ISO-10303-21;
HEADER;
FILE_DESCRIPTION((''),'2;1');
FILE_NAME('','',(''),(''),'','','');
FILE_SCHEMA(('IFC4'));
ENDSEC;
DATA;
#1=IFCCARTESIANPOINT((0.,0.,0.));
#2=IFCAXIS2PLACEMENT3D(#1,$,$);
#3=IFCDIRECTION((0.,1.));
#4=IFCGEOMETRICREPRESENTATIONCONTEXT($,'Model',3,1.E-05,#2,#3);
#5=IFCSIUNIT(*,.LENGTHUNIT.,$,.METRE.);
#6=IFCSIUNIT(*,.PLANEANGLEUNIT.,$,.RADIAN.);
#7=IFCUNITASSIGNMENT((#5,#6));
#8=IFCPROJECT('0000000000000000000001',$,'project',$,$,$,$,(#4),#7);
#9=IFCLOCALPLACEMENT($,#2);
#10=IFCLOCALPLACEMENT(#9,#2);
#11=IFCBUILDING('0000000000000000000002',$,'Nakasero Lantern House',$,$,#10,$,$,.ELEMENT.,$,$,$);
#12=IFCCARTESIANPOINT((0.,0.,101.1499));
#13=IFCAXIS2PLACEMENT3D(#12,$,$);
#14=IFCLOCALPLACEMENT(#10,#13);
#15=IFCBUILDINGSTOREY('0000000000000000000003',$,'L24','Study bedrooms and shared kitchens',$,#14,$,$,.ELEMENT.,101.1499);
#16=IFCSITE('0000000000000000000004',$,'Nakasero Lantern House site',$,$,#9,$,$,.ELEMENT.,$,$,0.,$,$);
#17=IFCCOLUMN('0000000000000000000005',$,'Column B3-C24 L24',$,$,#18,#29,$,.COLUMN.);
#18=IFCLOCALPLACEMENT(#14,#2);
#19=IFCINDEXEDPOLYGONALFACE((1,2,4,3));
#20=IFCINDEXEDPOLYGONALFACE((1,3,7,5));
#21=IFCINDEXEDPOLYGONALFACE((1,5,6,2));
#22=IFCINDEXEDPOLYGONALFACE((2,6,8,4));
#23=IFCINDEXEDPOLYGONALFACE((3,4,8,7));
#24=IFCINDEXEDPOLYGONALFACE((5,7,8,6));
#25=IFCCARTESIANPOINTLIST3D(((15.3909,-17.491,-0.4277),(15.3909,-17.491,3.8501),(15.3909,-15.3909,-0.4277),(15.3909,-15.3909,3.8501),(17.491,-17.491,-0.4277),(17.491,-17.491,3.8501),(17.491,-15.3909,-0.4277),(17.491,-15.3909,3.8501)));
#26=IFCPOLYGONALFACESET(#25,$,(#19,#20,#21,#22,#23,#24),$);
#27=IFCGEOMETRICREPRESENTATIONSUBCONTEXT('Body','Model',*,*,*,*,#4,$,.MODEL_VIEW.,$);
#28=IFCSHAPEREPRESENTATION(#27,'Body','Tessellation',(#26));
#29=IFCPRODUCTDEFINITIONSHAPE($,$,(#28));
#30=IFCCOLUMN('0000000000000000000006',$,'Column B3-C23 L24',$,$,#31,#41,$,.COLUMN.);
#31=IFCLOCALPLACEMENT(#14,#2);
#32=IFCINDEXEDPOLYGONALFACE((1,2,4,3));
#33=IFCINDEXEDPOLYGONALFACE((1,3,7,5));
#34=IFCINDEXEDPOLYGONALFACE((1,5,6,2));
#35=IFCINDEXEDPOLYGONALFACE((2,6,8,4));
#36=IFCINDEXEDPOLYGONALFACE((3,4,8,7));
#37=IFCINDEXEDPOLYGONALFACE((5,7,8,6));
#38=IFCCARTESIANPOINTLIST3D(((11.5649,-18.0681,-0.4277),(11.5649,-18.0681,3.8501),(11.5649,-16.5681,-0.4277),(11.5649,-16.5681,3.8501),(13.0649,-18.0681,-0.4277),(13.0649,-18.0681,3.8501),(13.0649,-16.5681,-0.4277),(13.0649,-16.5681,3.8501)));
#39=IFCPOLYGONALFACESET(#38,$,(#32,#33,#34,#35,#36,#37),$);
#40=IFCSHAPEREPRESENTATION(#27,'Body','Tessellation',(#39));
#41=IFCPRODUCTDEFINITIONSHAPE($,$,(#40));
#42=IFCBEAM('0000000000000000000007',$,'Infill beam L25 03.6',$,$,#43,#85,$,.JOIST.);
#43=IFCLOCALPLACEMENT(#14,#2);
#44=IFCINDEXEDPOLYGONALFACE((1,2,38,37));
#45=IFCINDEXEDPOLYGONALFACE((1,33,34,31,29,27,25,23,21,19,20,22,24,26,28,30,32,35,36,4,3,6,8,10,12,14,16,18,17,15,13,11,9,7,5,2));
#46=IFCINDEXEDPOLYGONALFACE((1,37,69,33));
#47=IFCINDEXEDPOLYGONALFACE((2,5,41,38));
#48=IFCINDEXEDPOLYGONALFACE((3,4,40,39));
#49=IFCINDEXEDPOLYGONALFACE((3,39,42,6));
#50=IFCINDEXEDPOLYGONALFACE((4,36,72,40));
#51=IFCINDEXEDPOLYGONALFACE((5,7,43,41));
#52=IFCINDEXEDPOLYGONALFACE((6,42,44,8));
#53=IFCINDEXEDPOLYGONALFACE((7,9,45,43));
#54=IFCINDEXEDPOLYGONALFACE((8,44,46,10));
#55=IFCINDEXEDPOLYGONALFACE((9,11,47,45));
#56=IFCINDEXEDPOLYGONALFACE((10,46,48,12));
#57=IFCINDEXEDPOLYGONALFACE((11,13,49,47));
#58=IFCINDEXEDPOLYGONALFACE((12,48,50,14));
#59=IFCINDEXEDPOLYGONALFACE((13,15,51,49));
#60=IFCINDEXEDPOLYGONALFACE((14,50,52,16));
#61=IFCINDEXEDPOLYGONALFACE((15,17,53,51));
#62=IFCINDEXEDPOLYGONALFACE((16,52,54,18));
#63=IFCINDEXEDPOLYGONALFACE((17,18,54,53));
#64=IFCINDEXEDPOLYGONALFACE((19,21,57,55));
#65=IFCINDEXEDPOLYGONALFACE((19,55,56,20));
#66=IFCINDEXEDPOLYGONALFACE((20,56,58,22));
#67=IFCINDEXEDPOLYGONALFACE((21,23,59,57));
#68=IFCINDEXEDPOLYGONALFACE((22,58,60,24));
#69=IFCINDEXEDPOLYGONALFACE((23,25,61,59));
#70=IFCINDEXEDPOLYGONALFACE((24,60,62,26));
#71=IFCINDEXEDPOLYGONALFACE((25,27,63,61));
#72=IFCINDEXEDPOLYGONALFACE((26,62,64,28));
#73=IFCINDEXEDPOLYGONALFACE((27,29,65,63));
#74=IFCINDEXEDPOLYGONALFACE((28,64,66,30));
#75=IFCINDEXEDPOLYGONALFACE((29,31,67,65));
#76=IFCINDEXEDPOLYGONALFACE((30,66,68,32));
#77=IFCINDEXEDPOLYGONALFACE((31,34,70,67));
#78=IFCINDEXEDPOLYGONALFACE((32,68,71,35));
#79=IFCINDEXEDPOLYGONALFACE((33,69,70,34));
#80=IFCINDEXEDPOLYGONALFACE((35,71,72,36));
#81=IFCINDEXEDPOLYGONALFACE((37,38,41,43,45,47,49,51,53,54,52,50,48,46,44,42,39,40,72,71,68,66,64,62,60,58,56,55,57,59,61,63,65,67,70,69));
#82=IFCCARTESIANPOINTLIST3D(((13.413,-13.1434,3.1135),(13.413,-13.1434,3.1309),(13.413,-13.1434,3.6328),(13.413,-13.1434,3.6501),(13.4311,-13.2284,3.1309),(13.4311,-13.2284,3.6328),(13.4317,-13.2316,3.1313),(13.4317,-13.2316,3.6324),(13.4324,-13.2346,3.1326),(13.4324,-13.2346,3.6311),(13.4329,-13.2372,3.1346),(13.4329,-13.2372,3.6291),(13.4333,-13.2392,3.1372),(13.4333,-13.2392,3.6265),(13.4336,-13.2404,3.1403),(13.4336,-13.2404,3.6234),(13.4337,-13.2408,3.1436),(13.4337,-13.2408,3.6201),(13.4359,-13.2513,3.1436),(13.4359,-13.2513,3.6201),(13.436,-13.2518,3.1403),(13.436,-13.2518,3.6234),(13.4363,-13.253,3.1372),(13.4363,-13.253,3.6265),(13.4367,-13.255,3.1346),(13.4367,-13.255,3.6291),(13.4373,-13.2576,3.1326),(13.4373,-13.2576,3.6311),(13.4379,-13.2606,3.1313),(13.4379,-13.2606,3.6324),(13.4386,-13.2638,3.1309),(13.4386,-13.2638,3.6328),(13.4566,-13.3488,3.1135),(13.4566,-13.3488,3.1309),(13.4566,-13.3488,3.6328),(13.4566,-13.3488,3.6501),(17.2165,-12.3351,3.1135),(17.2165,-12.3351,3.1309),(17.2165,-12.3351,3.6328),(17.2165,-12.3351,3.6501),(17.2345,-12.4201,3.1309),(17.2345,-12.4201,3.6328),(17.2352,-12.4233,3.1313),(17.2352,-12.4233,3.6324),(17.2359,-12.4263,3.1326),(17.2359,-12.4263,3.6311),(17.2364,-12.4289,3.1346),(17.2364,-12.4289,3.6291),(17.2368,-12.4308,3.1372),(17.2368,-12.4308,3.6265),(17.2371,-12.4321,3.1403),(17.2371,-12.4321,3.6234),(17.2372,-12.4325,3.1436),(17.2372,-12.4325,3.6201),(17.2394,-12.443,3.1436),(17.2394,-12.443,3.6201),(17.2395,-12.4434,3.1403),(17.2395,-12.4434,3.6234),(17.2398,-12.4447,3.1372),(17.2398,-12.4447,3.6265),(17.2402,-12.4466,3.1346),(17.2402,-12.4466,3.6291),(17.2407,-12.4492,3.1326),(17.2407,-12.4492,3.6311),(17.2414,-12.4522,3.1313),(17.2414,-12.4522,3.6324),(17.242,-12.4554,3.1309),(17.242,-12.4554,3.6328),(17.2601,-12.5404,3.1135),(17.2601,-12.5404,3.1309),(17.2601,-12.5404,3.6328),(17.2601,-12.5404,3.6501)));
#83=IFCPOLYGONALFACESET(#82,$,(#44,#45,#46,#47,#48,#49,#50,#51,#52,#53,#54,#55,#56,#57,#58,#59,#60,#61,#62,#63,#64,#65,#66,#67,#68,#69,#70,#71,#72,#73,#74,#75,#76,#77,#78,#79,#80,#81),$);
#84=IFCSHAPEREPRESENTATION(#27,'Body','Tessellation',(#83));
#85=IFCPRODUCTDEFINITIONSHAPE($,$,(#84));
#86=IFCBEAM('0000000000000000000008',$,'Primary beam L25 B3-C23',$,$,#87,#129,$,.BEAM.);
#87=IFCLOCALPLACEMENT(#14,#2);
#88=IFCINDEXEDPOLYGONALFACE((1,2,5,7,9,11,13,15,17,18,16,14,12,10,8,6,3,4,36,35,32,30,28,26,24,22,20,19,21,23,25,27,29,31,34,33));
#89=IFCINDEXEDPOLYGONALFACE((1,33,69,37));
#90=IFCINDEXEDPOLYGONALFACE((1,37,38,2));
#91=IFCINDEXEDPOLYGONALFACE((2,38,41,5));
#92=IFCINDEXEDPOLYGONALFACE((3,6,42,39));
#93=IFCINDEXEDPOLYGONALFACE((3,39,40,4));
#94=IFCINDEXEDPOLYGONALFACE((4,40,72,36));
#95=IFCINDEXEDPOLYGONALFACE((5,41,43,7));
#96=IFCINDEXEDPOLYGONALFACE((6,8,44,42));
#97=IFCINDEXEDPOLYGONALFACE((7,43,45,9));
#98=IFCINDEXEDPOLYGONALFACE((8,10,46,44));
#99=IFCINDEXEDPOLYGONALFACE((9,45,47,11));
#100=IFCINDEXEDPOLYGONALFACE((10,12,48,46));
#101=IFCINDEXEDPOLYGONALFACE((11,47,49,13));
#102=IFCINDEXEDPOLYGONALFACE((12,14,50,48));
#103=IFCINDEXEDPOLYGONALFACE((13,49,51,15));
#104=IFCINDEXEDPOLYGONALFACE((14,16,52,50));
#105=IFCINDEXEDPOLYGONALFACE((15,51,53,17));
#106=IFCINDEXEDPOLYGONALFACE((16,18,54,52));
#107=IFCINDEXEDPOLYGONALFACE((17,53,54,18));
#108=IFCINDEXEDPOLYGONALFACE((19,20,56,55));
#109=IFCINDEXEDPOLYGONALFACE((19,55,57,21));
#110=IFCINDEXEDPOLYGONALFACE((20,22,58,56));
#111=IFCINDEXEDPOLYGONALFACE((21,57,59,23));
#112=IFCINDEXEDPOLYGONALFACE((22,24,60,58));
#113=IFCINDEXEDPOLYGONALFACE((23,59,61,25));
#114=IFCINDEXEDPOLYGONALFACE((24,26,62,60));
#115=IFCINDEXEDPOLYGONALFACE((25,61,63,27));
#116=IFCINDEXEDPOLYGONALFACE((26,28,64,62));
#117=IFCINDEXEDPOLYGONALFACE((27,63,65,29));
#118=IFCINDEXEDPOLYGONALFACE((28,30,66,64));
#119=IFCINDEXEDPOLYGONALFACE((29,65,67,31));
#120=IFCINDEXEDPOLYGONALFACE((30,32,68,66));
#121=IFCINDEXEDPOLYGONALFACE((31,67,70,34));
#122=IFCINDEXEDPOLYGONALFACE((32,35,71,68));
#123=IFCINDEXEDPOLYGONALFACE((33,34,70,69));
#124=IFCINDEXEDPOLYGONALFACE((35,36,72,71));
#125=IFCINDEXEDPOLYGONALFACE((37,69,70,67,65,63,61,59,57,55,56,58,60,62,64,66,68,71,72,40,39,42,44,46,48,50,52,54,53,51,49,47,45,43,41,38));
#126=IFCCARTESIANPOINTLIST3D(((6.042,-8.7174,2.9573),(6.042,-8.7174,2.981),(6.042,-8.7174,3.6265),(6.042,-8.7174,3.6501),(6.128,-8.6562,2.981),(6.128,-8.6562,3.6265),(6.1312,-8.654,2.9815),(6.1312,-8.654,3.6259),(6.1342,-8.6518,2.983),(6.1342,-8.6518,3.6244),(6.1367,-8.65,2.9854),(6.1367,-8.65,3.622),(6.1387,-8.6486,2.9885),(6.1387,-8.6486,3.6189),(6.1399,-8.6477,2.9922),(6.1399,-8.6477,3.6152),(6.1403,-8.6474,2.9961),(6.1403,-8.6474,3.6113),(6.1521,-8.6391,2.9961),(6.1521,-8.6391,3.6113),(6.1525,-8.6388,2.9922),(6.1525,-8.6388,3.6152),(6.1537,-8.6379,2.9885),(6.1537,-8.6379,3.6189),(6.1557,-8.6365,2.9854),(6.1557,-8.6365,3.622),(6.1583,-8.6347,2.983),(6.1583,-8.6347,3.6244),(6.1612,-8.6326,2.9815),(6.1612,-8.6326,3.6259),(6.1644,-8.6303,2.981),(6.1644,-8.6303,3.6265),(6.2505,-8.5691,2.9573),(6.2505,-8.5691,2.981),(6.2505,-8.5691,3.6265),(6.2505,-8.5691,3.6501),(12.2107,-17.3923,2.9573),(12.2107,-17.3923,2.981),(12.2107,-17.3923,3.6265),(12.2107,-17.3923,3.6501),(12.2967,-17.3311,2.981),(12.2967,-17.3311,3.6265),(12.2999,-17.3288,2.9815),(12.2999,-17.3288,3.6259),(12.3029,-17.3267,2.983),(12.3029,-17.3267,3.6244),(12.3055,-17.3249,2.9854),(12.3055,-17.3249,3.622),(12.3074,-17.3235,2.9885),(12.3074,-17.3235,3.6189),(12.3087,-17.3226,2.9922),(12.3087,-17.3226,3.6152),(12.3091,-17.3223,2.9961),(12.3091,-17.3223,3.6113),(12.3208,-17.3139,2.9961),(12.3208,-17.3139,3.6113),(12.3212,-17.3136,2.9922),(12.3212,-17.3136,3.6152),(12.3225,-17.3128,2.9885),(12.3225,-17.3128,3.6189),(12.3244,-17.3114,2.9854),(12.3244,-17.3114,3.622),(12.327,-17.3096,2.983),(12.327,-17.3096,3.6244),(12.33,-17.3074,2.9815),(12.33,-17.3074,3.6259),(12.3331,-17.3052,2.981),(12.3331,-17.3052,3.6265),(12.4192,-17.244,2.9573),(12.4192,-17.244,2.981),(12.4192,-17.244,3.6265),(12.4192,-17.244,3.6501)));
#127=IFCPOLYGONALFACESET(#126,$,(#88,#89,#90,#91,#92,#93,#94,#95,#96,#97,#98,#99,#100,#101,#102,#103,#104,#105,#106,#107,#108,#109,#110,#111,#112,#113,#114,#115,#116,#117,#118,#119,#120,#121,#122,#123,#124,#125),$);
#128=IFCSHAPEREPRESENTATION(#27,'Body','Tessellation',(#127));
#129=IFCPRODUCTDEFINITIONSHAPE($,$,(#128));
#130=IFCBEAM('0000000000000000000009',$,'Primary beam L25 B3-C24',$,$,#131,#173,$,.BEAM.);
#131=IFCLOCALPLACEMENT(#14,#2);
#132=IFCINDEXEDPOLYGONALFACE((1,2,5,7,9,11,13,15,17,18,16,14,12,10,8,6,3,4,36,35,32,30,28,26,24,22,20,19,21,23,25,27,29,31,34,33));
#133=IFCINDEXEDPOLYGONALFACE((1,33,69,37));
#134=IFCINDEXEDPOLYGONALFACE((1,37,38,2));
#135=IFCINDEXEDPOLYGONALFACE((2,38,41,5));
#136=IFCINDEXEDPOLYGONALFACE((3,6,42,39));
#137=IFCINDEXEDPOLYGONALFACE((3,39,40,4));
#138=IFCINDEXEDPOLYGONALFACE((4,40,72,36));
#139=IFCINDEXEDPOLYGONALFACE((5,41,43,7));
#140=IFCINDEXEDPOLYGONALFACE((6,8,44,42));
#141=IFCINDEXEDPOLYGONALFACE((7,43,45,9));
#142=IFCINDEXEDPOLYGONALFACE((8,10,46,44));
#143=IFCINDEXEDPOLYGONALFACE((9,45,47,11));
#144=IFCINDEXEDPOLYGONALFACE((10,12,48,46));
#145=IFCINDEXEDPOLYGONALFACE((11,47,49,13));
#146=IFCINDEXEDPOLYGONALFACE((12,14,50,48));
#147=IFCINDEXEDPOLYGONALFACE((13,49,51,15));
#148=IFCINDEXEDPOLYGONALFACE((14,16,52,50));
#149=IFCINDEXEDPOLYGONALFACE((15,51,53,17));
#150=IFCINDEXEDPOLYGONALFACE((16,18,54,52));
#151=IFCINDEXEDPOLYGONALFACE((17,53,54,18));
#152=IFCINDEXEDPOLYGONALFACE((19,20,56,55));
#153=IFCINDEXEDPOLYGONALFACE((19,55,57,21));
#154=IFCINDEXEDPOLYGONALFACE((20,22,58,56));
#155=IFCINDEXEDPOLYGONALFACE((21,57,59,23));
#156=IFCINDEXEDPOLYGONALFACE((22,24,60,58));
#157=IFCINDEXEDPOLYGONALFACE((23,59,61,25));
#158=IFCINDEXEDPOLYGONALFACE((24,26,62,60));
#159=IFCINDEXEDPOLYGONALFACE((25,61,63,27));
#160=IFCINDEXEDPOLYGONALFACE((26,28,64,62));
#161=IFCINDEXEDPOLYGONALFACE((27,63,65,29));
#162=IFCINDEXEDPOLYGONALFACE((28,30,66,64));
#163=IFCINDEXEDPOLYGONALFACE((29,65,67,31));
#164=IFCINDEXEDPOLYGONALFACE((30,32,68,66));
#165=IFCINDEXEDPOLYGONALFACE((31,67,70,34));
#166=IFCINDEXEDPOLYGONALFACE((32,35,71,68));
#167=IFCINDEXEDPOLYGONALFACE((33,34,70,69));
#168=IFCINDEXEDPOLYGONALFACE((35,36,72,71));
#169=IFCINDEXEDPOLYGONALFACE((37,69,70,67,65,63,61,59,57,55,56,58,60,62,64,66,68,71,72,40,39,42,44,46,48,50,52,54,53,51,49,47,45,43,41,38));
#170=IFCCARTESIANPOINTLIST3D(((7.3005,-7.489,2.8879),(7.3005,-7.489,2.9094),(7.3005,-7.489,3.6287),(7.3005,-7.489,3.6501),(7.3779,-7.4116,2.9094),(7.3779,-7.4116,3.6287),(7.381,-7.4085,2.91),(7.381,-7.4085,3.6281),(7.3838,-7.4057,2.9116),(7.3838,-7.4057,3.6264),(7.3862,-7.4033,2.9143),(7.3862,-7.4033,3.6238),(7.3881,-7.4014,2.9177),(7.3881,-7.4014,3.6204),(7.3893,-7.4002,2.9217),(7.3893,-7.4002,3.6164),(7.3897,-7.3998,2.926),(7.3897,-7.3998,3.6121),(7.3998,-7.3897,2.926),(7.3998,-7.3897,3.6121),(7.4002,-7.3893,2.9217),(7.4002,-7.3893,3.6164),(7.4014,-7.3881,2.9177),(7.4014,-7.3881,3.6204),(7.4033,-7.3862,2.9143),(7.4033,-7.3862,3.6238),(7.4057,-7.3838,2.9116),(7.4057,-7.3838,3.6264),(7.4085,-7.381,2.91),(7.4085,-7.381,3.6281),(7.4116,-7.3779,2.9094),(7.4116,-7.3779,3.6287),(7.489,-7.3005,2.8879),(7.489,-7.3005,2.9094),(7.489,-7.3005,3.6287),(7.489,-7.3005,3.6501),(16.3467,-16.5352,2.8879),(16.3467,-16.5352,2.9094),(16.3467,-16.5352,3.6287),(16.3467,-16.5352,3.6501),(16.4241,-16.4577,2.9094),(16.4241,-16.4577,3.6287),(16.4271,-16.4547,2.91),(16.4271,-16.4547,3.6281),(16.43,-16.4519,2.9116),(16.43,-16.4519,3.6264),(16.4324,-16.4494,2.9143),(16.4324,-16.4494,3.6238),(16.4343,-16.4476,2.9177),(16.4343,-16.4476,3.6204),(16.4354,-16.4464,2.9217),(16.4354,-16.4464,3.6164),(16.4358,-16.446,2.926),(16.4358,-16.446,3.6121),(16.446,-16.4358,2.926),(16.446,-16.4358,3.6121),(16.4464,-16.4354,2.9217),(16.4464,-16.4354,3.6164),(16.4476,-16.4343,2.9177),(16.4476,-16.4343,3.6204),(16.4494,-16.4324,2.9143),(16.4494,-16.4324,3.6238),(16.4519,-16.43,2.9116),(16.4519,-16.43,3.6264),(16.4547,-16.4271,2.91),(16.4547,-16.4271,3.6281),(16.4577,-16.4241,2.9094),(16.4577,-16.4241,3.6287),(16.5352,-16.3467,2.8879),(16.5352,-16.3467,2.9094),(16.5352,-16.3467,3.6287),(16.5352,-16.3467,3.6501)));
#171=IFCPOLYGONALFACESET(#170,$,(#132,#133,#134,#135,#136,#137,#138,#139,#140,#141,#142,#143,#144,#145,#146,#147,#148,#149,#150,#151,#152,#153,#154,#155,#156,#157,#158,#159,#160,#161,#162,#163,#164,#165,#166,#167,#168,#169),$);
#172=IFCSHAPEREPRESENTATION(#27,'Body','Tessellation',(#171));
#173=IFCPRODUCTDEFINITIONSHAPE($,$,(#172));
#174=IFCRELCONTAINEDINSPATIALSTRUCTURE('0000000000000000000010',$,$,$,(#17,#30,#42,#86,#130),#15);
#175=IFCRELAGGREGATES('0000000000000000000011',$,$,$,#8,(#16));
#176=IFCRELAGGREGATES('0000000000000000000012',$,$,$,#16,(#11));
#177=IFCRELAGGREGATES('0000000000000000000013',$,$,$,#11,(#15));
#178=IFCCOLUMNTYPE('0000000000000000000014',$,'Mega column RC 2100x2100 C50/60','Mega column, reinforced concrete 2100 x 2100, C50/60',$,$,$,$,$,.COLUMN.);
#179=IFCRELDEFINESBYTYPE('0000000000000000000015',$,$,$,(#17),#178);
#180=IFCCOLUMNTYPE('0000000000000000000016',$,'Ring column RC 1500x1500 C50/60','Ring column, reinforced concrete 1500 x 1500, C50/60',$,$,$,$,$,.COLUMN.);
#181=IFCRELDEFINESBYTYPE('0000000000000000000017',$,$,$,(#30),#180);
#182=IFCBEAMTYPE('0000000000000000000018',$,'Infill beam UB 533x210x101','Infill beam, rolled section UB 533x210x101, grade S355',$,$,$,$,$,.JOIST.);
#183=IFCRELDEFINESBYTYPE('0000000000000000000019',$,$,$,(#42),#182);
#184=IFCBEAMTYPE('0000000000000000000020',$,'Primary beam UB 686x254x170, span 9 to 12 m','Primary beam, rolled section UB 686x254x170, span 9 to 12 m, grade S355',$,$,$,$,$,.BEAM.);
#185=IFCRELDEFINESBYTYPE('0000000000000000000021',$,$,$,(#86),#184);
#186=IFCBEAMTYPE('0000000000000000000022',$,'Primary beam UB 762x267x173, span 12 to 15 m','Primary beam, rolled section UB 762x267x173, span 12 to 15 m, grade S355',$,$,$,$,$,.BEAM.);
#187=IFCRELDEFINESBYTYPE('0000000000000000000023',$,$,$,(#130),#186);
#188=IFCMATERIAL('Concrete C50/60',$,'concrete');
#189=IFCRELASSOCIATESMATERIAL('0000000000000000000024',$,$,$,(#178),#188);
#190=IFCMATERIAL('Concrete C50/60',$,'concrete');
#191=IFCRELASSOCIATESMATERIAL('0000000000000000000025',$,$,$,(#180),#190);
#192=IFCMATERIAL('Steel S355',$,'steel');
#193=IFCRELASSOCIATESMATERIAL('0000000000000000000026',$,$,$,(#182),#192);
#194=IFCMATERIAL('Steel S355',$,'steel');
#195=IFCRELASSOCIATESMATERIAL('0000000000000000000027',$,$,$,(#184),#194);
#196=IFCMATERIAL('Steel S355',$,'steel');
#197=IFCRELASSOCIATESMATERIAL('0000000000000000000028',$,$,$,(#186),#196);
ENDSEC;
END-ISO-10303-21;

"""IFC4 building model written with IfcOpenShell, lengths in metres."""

from ifc_helpers import new_model, si_unit, direction, frame, origin, origin_2d, place, context, subcontext, project, spatial, rectangle, i_section, extrude, material, material_profile, profile_set, type_object, element, save


model = new_model("IFC4")

# Units and contexts
model_context = context("Model", 3, precision=1e-05, world=origin(), true_north=direction((0.0, 1.0)))
body_context = subcontext(model_context, "Body", "Model", "MODEL_VIEW")
ifc_project = project(units=[si_unit("LENGTHUNIT", "METRE"), si_unit("PLANEANGLEUNIT", "RADIAN")], contexts=[model_context])

# Site, building, storey
site_placement = place(None, origin())
site = spatial("IfcSite", under=ifc_project, at=site_placement, Name="Nakasero Lantern House site", CompositionType="ELEMENT", RefElevation=0.0)
building_placement = place(site_placement, origin())
building = spatial("IfcBuilding", under=site, at=building_placement, Name="Nakasero Lantern House", CompositionType="ELEMENT")
storey_placement = place(building_placement, frame((0.0, 0.0, 101.1499)))
storey = spatial("IfcBuildingStorey", under=building, at=storey_placement, Name="L24", Description="Study bedrooms and shared kitchens", CompositionType="ELEMENT", Elevation=101.1499)

# Columns
ifc_material_1 = material(Name="Concrete C50/60", Category="concrete")
ifc_material_profile_1 = material_profile(ifc_material_1, rectangle(XDim=2.1001, YDim=2.1001, at=origin_2d()), Name="RC 2100x2100")
ifc_profile_set_1 = profile_set([ifc_material_profile_1], Name="Concrete C50/60")
column_type_1 = type_object("IfcColumnType", Name="Mega column RC 2100x2100 C50/60", Description="Mega column, reinforced concrete 2100 x 2100, C50/60", PredefinedType="COLUMN", material=ifc_profile_set_1)
column_1_placement = place(storey_placement, frame((16.4409, -16.4409, -0.4277), z_axis=(0.0, 0.0, 1.0), x_axis=(1.0, 0.0, 0.0)))
element("IfcColumn", 1, at=column_1_placement, inside=storey, type_object=column_type_1, Name="Column B3-C24 L24", PredefinedType="COLUMN", context=body_context, shape_type="SweptSolid", body=[
    extrude(rectangle(XDim=2.1001, YDim=2.1001, at=origin_2d()), origin(), (0.0, 0.0, 1.0), 4.2778),
])
ifc_material_2 = material(Name="Concrete C50/60", Category="concrete")
ifc_material_profile_2 = material_profile(ifc_material_2, rectangle(XDim=1.5, YDim=1.5, at=origin_2d()), Name="RC 1500x1500")
ifc_profile_set_2 = profile_set([ifc_material_profile_2], Name="Concrete C50/60")
column_type_2 = type_object("IfcColumnType", Name="Ring column RC 1500x1500 C50/60", Description="Ring column, reinforced concrete 1500 x 1500, C50/60", PredefinedType="COLUMN", material=ifc_profile_set_2)
column_2_placement = place(storey_placement, frame((12.3149, -17.3181, -0.4277), z_axis=(0.0, 0.0, 1.0), x_axis=(1.0, 0.0, 0.0)))
element("IfcColumn", 2, at=column_2_placement, inside=storey, type_object=column_type_2, Name="Column B3-C23 L24", PredefinedType="COLUMN", context=body_context, shape_type="SweptSolid", body=[
    extrude(rectangle(XDim=1.5, YDim=1.5, at=origin_2d()), origin(), (0.0, 0.0, 1.0), 4.2778),
])

# Beams
ifc_material_3 = material(Name="Steel S355", Category="steel")
ifc_material_profile_3 = material_profile(ifc_material_3, i_section(OverallWidth=0.21, OverallDepth=0.5366, WebThickness=0.0107, FlangeThickness=0.0173, FilletRadius=0.0127, at=origin_2d()), Name="UB 533x210x101")
ifc_profile_set_3 = profile_set([ifc_material_profile_3], Name="Steel S355")
beam_type_1 = type_object("IfcBeamType", Name="Infill beam UB 533x210x101", Description="Infill beam, rolled section UB 533x210x101, grade S355", PredefinedType="JOIST", material=ifc_profile_set_3)
beam_1_placement = place(storey_placement, frame((13.4348, -13.2461, 3.3818), z_axis=(0.978153, 0.207887, 0.0), x_axis=(-0.207887, 0.978153, 0.0)))
element("IfcBeam", 3, at=beam_1_placement, inside=storey, type_object=beam_type_1, Name="Infill beam L25 03.6", PredefinedType="JOIST", context=body_context, shape_type="SweptSolid", body=[
    extrude(i_section(OverallWidth=0.21, OverallDepth=0.5366, WebThickness=0.0107, FlangeThickness=0.0173, FilletRadius=0.0127, at=origin_2d()), origin(), (0.0, 0.0, 1.0), 3.8884),
])
ifc_material_4 = material(Name="Steel S355", Category="steel")
ifc_material_profile_4 = material_profile(ifc_material_4, i_section(OverallWidth=0.2559, OverallDepth=0.6929, WebThickness=0.0144, FlangeThickness=0.0237, FilletRadius=0.0151, at=origin_2d()), Name="UB 686x254x170")
ifc_profile_set_4 = profile_set([ifc_material_profile_4], Name="Steel S355")
beam_type_2 = type_object("IfcBeamType", Name="Primary beam UB 686x254x170, span 9 to 12 m", Description="Primary beam, rolled section UB 686x254x170, span 9 to 12 m, grade S355", PredefinedType="BEAM", material=ifc_profile_set_4)
beam_2_placement = place(storey_placement, frame((12.3149, -17.3181, 3.3037), z_axis=(-0.579521, 0.814957, 0.0), x_axis=(-0.814957, -0.579521, 0.0)))
element("IfcBeam", 4, at=beam_2_placement, inside=storey, type_object=beam_type_2, Name="Primary beam L25 B3-C23", PredefinedType="BEAM", context=body_context, shape_type="SweptSolid", body=[
    extrude(i_section(OverallWidth=0.2559, OverallDepth=0.6929, WebThickness=0.0144, FlangeThickness=0.0237, FilletRadius=0.0151, at=origin_2d()), origin(), (0.0, 0.0, 1.0), 10.6445),
])
ifc_material_5 = material(Name="Steel S355", Category="steel")
ifc_material_profile_5 = material_profile(ifc_material_5, i_section(OverallWidth=0.2666, OverallDepth=0.7622, WebThickness=0.0144, FlangeThickness=0.0215, FilletRadius=0.0166, at=origin_2d()), Name="UB 762x267x173")
ifc_profile_set_5 = profile_set([ifc_material_profile_5], Name="Steel S355")
beam_type_3 = type_object("IfcBeamType", Name="Primary beam UB 762x267x173, span 12 to 15 m", Description="Primary beam, rolled section UB 762x267x173, span 12 to 15 m, grade S355", PredefinedType="BEAM", material=ifc_profile_set_5)
beam_3_placement = place(storey_placement, frame((16.4409, -16.4409, 3.269), z_axis=(-0.707107, 0.707107, 0.0), x_axis=(-0.707107, -0.707107, 0.0)))
element("IfcBeam", 5, at=beam_3_placement, inside=storey, type_object=beam_type_3, Name="Primary beam L25 B3-C24", PredefinedType="BEAM", context=body_context, shape_type="SweptSolid", body=[
    extrude(i_section(OverallWidth=0.2666, OverallDepth=0.7622, WebThickness=0.0144, FlangeThickness=0.0215, FilletRadius=0.0166, at=origin_2d()), origin(), (0.0, 0.0, 1.0), 12.7932),
])

save(model, "model.ifc")
